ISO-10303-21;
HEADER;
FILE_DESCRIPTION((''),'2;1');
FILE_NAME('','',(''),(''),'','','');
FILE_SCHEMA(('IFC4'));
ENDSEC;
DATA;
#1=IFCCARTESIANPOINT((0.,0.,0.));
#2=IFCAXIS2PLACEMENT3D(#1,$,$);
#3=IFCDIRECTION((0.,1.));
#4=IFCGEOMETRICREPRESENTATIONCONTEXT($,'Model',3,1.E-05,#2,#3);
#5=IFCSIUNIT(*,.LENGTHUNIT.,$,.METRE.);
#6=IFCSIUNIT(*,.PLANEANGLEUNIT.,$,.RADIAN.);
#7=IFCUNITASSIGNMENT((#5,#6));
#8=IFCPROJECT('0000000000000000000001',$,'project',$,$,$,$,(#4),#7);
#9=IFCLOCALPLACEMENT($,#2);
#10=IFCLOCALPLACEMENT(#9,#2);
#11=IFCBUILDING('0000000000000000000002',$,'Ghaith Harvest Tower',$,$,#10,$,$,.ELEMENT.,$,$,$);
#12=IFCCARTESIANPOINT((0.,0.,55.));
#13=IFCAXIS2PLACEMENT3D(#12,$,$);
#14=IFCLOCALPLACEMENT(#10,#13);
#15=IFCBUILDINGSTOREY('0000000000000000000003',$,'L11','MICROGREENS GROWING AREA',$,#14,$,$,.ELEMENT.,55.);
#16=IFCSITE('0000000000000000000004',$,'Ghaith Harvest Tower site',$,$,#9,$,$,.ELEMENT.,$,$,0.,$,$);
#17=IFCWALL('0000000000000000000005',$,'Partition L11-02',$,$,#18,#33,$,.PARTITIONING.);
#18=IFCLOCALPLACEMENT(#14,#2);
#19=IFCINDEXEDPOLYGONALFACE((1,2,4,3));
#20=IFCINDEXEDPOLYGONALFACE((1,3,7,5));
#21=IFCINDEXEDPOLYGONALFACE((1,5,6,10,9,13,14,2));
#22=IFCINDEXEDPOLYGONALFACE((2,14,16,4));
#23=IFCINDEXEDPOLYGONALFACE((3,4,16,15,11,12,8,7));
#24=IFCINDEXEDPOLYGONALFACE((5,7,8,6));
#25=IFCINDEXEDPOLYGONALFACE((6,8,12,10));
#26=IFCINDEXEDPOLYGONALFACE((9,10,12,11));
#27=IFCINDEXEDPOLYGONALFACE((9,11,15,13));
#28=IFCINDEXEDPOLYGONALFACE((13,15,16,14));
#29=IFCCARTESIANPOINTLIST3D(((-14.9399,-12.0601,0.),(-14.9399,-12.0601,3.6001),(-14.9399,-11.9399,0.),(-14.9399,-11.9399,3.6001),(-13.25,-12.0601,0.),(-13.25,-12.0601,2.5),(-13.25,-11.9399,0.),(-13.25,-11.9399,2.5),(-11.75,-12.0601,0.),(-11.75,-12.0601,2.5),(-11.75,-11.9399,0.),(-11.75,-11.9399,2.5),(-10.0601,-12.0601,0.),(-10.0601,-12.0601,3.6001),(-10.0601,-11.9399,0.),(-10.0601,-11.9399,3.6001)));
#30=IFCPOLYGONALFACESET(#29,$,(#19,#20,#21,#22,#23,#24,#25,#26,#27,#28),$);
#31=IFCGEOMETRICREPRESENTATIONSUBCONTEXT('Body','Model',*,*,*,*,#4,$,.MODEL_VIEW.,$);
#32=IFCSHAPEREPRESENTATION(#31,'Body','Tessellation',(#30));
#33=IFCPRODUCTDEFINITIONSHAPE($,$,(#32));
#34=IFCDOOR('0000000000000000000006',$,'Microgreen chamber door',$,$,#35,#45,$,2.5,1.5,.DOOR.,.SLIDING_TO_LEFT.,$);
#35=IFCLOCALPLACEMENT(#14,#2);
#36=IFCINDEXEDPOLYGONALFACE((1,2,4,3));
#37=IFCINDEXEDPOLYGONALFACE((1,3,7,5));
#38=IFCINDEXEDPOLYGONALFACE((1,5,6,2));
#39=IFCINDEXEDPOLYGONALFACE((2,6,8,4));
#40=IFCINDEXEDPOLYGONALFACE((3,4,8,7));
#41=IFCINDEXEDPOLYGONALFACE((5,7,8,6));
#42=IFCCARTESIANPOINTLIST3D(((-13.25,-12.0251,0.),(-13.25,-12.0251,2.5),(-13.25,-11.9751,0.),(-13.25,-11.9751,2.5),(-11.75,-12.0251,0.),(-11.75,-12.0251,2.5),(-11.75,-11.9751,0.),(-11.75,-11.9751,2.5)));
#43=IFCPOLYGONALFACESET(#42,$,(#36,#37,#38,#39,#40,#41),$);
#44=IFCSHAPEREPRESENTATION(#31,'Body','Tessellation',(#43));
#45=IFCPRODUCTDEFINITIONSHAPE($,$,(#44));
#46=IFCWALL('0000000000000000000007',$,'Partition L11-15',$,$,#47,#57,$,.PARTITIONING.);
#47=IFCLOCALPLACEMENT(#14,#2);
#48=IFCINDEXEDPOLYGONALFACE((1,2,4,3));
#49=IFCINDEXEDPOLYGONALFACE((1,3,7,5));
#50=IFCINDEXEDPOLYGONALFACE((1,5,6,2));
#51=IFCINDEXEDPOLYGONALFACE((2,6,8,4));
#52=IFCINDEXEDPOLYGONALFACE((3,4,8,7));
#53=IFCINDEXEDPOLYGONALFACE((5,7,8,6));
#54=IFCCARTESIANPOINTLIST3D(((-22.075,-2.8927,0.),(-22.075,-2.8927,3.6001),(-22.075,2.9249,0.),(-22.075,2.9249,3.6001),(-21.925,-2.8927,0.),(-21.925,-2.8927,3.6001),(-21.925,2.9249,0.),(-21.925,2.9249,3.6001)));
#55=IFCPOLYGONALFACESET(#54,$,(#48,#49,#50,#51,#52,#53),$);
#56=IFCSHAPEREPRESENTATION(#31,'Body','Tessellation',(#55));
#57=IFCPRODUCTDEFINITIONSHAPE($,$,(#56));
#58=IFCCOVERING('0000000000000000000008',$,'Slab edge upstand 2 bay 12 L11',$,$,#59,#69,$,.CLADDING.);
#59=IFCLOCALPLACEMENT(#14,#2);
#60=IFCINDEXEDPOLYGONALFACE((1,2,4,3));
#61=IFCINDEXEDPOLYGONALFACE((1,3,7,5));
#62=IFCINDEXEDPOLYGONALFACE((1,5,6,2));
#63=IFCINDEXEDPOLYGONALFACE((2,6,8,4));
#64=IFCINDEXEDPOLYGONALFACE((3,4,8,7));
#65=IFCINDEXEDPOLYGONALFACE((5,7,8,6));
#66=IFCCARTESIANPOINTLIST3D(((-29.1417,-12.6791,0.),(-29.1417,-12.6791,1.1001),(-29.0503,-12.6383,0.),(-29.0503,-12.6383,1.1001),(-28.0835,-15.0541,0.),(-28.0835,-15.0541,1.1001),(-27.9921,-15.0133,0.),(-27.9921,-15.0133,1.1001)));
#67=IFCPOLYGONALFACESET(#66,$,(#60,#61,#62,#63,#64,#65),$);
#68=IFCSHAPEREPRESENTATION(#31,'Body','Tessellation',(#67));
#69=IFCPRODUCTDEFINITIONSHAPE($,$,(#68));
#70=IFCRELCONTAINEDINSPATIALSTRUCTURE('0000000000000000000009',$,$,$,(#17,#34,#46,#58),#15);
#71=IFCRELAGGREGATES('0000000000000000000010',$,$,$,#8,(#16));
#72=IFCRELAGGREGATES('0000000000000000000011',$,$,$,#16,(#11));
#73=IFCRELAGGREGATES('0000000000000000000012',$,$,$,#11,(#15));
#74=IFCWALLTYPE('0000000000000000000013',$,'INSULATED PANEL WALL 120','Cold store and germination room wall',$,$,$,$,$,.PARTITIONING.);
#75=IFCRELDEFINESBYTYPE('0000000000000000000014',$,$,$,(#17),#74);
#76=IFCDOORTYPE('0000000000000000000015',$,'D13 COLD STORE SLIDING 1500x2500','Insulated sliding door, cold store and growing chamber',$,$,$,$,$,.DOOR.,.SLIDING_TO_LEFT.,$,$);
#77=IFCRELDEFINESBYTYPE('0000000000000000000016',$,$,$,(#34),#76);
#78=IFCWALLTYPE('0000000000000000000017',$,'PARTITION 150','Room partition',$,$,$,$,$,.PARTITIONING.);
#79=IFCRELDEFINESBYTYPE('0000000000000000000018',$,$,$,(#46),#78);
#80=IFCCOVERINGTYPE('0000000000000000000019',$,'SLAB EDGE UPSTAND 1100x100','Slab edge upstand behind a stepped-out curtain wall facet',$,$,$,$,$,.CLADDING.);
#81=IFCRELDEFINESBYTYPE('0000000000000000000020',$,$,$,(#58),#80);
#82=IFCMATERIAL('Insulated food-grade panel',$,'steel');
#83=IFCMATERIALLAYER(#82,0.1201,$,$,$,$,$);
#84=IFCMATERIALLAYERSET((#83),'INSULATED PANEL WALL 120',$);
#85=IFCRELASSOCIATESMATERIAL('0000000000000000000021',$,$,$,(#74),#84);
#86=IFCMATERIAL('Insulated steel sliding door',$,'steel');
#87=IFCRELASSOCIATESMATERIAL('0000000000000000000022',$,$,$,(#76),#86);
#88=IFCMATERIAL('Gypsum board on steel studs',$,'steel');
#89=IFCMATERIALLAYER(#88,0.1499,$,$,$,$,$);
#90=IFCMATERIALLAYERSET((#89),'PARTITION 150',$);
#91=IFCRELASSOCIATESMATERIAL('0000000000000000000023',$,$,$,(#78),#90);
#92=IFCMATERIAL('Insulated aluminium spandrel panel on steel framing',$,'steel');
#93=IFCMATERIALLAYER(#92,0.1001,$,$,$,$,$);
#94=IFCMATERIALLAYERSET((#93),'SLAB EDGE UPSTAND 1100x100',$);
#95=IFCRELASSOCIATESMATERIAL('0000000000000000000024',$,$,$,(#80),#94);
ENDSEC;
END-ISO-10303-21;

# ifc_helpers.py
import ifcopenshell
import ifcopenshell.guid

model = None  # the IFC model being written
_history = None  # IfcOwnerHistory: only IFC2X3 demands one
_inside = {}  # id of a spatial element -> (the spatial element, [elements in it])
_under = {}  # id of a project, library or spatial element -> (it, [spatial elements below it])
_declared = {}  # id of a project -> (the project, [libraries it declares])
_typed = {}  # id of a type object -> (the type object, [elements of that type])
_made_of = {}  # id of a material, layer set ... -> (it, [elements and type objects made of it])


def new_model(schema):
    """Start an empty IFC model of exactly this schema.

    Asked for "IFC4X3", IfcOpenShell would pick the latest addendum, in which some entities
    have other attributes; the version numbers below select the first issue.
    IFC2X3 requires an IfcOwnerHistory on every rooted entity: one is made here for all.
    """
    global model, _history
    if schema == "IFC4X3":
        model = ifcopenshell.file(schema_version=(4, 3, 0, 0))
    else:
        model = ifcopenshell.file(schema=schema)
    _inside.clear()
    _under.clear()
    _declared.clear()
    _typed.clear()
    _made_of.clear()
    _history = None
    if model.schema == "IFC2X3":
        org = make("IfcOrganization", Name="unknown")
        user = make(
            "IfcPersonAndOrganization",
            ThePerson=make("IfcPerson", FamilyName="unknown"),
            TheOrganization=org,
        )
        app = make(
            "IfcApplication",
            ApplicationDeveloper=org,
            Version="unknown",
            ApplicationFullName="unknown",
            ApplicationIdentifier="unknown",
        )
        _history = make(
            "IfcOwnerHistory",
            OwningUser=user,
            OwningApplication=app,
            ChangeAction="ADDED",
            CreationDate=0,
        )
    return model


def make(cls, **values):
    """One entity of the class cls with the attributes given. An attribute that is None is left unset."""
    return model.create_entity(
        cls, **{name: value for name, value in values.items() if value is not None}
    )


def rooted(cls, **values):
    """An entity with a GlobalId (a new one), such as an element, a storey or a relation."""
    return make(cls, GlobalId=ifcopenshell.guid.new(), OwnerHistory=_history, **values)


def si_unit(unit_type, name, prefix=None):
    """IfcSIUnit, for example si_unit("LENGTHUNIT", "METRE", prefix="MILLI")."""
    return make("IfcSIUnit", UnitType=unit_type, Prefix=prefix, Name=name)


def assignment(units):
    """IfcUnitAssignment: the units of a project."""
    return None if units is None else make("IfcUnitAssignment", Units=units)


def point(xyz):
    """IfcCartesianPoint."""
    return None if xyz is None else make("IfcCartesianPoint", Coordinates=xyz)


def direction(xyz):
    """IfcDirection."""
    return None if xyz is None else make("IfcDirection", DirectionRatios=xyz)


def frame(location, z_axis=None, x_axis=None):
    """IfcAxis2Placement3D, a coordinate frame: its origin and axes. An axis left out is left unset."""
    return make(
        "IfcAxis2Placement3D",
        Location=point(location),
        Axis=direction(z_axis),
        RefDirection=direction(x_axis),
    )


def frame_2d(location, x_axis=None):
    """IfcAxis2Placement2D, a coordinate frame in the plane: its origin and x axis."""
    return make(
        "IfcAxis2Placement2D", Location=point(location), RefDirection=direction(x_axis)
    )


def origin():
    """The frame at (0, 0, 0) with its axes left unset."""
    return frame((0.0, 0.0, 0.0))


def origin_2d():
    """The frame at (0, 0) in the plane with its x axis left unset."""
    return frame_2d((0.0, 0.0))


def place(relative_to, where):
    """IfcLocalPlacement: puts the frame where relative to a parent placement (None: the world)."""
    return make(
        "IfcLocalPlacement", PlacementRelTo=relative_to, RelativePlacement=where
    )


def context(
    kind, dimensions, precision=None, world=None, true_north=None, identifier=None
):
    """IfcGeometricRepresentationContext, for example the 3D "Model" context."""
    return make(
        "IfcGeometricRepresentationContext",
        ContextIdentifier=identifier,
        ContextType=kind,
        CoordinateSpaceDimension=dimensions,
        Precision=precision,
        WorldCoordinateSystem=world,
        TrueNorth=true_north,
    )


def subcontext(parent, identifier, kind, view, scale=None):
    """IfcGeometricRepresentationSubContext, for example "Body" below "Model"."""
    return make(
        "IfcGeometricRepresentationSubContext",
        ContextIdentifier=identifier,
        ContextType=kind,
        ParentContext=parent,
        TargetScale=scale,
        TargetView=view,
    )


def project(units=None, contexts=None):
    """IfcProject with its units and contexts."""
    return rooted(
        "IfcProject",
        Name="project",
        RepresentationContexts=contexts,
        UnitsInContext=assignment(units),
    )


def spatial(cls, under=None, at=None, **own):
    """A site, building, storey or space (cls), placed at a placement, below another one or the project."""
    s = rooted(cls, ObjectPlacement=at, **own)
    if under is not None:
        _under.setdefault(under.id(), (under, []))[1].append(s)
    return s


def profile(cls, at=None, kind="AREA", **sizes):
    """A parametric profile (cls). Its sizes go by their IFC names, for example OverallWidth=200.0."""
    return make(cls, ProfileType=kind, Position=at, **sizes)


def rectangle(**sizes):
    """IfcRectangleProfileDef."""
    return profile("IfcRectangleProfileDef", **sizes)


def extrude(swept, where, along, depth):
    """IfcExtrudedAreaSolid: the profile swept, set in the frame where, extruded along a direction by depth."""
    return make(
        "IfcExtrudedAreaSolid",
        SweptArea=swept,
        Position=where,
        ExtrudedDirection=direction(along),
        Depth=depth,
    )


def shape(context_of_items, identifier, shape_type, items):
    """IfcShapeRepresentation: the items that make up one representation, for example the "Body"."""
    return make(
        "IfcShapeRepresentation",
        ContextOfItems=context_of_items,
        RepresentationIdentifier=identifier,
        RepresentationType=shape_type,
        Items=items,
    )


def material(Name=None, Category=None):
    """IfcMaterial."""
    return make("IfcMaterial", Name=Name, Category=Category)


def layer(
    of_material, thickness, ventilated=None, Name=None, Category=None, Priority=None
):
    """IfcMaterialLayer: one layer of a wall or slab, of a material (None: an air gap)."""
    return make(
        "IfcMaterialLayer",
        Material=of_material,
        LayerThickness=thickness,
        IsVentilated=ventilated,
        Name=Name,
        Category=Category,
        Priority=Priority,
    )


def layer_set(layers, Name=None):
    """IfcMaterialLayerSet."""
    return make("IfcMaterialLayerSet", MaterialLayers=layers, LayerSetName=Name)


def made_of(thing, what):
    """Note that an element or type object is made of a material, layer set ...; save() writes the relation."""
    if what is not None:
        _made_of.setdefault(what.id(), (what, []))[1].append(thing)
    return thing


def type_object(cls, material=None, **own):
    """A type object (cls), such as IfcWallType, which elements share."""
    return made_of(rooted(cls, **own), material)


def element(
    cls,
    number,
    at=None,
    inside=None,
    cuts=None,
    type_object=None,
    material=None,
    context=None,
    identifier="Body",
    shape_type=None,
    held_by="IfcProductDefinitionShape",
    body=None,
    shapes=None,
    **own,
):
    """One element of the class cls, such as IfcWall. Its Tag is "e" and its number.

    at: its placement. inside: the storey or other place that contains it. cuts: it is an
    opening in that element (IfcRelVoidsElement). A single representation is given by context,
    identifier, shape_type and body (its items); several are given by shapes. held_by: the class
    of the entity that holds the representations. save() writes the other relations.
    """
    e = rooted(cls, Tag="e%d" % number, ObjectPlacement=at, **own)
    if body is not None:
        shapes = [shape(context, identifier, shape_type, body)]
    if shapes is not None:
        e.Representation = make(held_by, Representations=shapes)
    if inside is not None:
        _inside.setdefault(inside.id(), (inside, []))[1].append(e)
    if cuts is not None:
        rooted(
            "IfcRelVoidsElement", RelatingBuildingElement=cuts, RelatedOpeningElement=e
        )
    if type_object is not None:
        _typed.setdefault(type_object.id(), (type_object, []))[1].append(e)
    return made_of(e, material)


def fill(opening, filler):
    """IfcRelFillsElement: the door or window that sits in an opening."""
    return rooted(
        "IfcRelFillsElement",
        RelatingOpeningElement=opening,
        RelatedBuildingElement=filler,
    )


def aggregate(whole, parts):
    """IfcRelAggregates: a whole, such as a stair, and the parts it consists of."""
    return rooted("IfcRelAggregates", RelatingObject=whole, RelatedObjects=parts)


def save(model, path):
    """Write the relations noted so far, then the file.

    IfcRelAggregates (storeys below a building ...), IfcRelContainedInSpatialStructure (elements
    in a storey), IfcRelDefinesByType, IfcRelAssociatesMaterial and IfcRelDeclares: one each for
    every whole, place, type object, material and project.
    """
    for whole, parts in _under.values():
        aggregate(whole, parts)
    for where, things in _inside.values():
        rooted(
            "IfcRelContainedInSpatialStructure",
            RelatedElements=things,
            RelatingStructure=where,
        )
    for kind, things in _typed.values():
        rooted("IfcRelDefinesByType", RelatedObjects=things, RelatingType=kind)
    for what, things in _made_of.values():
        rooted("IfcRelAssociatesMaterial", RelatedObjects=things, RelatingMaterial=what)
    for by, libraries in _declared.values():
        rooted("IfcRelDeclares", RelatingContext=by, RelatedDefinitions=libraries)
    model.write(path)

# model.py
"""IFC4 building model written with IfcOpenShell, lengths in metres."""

from ifc_helpers import new_model, si_unit, direction, frame, frame_2d, origin, origin_2d, place, context, subcontext, project, spatial, rectangle, extrude, material, layer, layer_set, type_object, element, fill, save


model = new_model("IFC4")

# Units and contexts
model_context = context("Model", 3, precision=1e-05, world=origin(), true_north=direction((0.0, 1.0)))
body_context = subcontext(model_context, "Body", "Model", "MODEL_VIEW")
ifc_project = project(units=[si_unit("LENGTHUNIT", "METRE"), si_unit("PLANEANGLEUNIT", "RADIAN")], contexts=[model_context])

# Site, building, storey
site_placement = place(None, origin())
site = spatial("IfcSite", under=ifc_project, at=site_placement, Name="Ghaith Harvest Tower site", CompositionType="ELEMENT", RefElevation=0.0)
building_placement = place(site_placement, origin())
building = spatial("IfcBuilding", under=site, at=building_placement, Name="Ghaith Harvest Tower", CompositionType="ELEMENT")
storey_placement = place(building_placement, frame((0.0, 0.0, 55.0)))
storey = spatial("IfcBuildingStorey", under=building, at=storey_placement, Name="L11", Description="MICROGREENS GROWING AREA", CompositionType="ELEMENT", Elevation=55.0)

# Shared definitions
ifc_material_1 = material(Name="Insulated food-grade panel", Category="steel")
ifc_layer_1 = layer(ifc_material_1, 0.1201)
ifc_layer_set_1 = layer_set([ifc_layer_1], Name="INSULATED PANEL WALL 120")
wall_type_1 = type_object("IfcWallType", Name="INSULATED PANEL WALL 120", Description="Cold store and germination room wall", PredefinedType="PARTITIONING", material=ifc_layer_set_1)

# Wall, opening, door
ifc_material_2 = material(Name="Insulated steel sliding door", Category="steel")
door_type_1 = type_object("IfcDoorType", Name="D13 COLD STORE SLIDING 1500x2500", Description="Insulated sliding door, cold store and growing chamber", OperationType="SLIDING_TO_LEFT", PredefinedType="DOOR", material=ifc_material_2)
wall_1_placement = place(storey_placement, frame((-14.9399, -12.0, 0.0), z_axis=(0.0, 0.0, 1.0), x_axis=(1.0, 0.0, 0.0)))
wall_1 = element("IfcWall", 1, at=wall_1_placement, inside=storey, type_object=wall_type_1, Name="Partition L11-02", PredefinedType="PARTITIONING", context=body_context, shape_type="SweptSolid", body=[
    extrude(rectangle(XDim=4.8799, YDim=0.1201, at=frame_2d((2.4399, 0.0))), origin(), (0.0, 0.0, 1.0), 3.6001),
])
opening_1_placement = place(wall_1_placement, frame((1.6899, 0.0, 0.0)))
opening_1 = element("IfcOpeningElement", 2, at=opening_1_placement, cuts=wall_1, PredefinedType="OPENING", context=body_context, shape_type="SweptSolid", body=[
    extrude(rectangle(XDim=1.5, YDim=2.5, at=frame_2d((0.75, 1.25))), frame((0.0, 0.0701, 0.0), z_axis=(0.0, -1.0, 0.0), x_axis=(1.0, 0.0, 0.0)), (0.0, 0.0, 1.0), 0.1401),
])
door_1_placement = place(opening_1_placement, origin())
door_1 = element("IfcDoor", 3, at=door_1_placement, inside=storey, type_object=door_type_1, Name="Microgreen chamber door", OperationType="SLIDING_TO_LEFT", OverallHeight=2.5, OverallWidth=1.5, PredefinedType="DOOR", context=body_context, shape_type="SweptSolid", body=[
    extrude(rectangle(XDim=1.5, YDim=2.5, at=frame_2d((0.75, 1.25))), frame((0.0, 0.0249, 0.0), z_axis=(0.0, -1.0, 0.0), x_axis=(1.0, 0.0, 0.0)), (0.0, 0.0, 1.0), 0.05),
])
fill(opening_1, door_1)
ifc_material_3 = material(Name="Gypsum board on steel studs", Category="steel")
ifc_layer_2 = layer(ifc_material_3, 0.1499)
ifc_layer_set_2 = layer_set([ifc_layer_2], Name="PARTITION 150")
wall_type_2 = type_object("IfcWallType", Name="PARTITION 150", Description="Room partition", PredefinedType="PARTITIONING", material=ifc_layer_set_2)

# Wall
wall_2_placement = place(storey_placement, frame((-22.0, -2.8926, 0.0), z_axis=(0.0, 0.0, 1.0), x_axis=(0.0, 1.0, 0.0)))
element("IfcWall", 4, at=wall_2_placement, inside=storey, type_object=wall_type_2, Name="Partition L11-15", PredefinedType="PARTITIONING", context=body_context, shape_type="SweptSolid", body=[
    extrude(rectangle(XDim=5.8176, YDim=0.1499, at=frame_2d((2.9087, 0.0))), origin(), (0.0, 0.0, 1.0), 3.6001),
])

# Covering
ifc_material_4 = material(Name="Insulated aluminium spandrel panel on steel framing", Category="steel")
ifc_layer_3 = layer(ifc_material_4, 0.1001)
ifc_layer_set_3 = layer_set([ifc_layer_3], Name="SLAB EDGE UPSTAND 1100x100")
covering_type = type_object("IfcCoveringType", Name="SLAB EDGE UPSTAND 1100x100", Description="Slab edge upstand behind a stepped-out curtain wall facet", PredefinedType="CLADDING", material=ifc_layer_set_3)
covering_placement = place(storey_placement, frame((-28.5669, -13.8462, 0.0), z_axis=(0.0, 0.0, 1.0), x_axis=(0.407003, -0.913427, 0.0)))
element("IfcCovering", 5, at=covering_placement, inside=storey, type_object=covering_type, Name="Slab edge upstand 2 bay 12 L11", PredefinedType="CLADDING", context=body_context, shape_type="SweptSolid", body=[
    extrude(rectangle(XDim=2.6001, YDim=0.1001, at=origin_2d()), origin(), (0.0, 0.0, 1.0), 1.1001),
])

save(model, "model.ifc")
